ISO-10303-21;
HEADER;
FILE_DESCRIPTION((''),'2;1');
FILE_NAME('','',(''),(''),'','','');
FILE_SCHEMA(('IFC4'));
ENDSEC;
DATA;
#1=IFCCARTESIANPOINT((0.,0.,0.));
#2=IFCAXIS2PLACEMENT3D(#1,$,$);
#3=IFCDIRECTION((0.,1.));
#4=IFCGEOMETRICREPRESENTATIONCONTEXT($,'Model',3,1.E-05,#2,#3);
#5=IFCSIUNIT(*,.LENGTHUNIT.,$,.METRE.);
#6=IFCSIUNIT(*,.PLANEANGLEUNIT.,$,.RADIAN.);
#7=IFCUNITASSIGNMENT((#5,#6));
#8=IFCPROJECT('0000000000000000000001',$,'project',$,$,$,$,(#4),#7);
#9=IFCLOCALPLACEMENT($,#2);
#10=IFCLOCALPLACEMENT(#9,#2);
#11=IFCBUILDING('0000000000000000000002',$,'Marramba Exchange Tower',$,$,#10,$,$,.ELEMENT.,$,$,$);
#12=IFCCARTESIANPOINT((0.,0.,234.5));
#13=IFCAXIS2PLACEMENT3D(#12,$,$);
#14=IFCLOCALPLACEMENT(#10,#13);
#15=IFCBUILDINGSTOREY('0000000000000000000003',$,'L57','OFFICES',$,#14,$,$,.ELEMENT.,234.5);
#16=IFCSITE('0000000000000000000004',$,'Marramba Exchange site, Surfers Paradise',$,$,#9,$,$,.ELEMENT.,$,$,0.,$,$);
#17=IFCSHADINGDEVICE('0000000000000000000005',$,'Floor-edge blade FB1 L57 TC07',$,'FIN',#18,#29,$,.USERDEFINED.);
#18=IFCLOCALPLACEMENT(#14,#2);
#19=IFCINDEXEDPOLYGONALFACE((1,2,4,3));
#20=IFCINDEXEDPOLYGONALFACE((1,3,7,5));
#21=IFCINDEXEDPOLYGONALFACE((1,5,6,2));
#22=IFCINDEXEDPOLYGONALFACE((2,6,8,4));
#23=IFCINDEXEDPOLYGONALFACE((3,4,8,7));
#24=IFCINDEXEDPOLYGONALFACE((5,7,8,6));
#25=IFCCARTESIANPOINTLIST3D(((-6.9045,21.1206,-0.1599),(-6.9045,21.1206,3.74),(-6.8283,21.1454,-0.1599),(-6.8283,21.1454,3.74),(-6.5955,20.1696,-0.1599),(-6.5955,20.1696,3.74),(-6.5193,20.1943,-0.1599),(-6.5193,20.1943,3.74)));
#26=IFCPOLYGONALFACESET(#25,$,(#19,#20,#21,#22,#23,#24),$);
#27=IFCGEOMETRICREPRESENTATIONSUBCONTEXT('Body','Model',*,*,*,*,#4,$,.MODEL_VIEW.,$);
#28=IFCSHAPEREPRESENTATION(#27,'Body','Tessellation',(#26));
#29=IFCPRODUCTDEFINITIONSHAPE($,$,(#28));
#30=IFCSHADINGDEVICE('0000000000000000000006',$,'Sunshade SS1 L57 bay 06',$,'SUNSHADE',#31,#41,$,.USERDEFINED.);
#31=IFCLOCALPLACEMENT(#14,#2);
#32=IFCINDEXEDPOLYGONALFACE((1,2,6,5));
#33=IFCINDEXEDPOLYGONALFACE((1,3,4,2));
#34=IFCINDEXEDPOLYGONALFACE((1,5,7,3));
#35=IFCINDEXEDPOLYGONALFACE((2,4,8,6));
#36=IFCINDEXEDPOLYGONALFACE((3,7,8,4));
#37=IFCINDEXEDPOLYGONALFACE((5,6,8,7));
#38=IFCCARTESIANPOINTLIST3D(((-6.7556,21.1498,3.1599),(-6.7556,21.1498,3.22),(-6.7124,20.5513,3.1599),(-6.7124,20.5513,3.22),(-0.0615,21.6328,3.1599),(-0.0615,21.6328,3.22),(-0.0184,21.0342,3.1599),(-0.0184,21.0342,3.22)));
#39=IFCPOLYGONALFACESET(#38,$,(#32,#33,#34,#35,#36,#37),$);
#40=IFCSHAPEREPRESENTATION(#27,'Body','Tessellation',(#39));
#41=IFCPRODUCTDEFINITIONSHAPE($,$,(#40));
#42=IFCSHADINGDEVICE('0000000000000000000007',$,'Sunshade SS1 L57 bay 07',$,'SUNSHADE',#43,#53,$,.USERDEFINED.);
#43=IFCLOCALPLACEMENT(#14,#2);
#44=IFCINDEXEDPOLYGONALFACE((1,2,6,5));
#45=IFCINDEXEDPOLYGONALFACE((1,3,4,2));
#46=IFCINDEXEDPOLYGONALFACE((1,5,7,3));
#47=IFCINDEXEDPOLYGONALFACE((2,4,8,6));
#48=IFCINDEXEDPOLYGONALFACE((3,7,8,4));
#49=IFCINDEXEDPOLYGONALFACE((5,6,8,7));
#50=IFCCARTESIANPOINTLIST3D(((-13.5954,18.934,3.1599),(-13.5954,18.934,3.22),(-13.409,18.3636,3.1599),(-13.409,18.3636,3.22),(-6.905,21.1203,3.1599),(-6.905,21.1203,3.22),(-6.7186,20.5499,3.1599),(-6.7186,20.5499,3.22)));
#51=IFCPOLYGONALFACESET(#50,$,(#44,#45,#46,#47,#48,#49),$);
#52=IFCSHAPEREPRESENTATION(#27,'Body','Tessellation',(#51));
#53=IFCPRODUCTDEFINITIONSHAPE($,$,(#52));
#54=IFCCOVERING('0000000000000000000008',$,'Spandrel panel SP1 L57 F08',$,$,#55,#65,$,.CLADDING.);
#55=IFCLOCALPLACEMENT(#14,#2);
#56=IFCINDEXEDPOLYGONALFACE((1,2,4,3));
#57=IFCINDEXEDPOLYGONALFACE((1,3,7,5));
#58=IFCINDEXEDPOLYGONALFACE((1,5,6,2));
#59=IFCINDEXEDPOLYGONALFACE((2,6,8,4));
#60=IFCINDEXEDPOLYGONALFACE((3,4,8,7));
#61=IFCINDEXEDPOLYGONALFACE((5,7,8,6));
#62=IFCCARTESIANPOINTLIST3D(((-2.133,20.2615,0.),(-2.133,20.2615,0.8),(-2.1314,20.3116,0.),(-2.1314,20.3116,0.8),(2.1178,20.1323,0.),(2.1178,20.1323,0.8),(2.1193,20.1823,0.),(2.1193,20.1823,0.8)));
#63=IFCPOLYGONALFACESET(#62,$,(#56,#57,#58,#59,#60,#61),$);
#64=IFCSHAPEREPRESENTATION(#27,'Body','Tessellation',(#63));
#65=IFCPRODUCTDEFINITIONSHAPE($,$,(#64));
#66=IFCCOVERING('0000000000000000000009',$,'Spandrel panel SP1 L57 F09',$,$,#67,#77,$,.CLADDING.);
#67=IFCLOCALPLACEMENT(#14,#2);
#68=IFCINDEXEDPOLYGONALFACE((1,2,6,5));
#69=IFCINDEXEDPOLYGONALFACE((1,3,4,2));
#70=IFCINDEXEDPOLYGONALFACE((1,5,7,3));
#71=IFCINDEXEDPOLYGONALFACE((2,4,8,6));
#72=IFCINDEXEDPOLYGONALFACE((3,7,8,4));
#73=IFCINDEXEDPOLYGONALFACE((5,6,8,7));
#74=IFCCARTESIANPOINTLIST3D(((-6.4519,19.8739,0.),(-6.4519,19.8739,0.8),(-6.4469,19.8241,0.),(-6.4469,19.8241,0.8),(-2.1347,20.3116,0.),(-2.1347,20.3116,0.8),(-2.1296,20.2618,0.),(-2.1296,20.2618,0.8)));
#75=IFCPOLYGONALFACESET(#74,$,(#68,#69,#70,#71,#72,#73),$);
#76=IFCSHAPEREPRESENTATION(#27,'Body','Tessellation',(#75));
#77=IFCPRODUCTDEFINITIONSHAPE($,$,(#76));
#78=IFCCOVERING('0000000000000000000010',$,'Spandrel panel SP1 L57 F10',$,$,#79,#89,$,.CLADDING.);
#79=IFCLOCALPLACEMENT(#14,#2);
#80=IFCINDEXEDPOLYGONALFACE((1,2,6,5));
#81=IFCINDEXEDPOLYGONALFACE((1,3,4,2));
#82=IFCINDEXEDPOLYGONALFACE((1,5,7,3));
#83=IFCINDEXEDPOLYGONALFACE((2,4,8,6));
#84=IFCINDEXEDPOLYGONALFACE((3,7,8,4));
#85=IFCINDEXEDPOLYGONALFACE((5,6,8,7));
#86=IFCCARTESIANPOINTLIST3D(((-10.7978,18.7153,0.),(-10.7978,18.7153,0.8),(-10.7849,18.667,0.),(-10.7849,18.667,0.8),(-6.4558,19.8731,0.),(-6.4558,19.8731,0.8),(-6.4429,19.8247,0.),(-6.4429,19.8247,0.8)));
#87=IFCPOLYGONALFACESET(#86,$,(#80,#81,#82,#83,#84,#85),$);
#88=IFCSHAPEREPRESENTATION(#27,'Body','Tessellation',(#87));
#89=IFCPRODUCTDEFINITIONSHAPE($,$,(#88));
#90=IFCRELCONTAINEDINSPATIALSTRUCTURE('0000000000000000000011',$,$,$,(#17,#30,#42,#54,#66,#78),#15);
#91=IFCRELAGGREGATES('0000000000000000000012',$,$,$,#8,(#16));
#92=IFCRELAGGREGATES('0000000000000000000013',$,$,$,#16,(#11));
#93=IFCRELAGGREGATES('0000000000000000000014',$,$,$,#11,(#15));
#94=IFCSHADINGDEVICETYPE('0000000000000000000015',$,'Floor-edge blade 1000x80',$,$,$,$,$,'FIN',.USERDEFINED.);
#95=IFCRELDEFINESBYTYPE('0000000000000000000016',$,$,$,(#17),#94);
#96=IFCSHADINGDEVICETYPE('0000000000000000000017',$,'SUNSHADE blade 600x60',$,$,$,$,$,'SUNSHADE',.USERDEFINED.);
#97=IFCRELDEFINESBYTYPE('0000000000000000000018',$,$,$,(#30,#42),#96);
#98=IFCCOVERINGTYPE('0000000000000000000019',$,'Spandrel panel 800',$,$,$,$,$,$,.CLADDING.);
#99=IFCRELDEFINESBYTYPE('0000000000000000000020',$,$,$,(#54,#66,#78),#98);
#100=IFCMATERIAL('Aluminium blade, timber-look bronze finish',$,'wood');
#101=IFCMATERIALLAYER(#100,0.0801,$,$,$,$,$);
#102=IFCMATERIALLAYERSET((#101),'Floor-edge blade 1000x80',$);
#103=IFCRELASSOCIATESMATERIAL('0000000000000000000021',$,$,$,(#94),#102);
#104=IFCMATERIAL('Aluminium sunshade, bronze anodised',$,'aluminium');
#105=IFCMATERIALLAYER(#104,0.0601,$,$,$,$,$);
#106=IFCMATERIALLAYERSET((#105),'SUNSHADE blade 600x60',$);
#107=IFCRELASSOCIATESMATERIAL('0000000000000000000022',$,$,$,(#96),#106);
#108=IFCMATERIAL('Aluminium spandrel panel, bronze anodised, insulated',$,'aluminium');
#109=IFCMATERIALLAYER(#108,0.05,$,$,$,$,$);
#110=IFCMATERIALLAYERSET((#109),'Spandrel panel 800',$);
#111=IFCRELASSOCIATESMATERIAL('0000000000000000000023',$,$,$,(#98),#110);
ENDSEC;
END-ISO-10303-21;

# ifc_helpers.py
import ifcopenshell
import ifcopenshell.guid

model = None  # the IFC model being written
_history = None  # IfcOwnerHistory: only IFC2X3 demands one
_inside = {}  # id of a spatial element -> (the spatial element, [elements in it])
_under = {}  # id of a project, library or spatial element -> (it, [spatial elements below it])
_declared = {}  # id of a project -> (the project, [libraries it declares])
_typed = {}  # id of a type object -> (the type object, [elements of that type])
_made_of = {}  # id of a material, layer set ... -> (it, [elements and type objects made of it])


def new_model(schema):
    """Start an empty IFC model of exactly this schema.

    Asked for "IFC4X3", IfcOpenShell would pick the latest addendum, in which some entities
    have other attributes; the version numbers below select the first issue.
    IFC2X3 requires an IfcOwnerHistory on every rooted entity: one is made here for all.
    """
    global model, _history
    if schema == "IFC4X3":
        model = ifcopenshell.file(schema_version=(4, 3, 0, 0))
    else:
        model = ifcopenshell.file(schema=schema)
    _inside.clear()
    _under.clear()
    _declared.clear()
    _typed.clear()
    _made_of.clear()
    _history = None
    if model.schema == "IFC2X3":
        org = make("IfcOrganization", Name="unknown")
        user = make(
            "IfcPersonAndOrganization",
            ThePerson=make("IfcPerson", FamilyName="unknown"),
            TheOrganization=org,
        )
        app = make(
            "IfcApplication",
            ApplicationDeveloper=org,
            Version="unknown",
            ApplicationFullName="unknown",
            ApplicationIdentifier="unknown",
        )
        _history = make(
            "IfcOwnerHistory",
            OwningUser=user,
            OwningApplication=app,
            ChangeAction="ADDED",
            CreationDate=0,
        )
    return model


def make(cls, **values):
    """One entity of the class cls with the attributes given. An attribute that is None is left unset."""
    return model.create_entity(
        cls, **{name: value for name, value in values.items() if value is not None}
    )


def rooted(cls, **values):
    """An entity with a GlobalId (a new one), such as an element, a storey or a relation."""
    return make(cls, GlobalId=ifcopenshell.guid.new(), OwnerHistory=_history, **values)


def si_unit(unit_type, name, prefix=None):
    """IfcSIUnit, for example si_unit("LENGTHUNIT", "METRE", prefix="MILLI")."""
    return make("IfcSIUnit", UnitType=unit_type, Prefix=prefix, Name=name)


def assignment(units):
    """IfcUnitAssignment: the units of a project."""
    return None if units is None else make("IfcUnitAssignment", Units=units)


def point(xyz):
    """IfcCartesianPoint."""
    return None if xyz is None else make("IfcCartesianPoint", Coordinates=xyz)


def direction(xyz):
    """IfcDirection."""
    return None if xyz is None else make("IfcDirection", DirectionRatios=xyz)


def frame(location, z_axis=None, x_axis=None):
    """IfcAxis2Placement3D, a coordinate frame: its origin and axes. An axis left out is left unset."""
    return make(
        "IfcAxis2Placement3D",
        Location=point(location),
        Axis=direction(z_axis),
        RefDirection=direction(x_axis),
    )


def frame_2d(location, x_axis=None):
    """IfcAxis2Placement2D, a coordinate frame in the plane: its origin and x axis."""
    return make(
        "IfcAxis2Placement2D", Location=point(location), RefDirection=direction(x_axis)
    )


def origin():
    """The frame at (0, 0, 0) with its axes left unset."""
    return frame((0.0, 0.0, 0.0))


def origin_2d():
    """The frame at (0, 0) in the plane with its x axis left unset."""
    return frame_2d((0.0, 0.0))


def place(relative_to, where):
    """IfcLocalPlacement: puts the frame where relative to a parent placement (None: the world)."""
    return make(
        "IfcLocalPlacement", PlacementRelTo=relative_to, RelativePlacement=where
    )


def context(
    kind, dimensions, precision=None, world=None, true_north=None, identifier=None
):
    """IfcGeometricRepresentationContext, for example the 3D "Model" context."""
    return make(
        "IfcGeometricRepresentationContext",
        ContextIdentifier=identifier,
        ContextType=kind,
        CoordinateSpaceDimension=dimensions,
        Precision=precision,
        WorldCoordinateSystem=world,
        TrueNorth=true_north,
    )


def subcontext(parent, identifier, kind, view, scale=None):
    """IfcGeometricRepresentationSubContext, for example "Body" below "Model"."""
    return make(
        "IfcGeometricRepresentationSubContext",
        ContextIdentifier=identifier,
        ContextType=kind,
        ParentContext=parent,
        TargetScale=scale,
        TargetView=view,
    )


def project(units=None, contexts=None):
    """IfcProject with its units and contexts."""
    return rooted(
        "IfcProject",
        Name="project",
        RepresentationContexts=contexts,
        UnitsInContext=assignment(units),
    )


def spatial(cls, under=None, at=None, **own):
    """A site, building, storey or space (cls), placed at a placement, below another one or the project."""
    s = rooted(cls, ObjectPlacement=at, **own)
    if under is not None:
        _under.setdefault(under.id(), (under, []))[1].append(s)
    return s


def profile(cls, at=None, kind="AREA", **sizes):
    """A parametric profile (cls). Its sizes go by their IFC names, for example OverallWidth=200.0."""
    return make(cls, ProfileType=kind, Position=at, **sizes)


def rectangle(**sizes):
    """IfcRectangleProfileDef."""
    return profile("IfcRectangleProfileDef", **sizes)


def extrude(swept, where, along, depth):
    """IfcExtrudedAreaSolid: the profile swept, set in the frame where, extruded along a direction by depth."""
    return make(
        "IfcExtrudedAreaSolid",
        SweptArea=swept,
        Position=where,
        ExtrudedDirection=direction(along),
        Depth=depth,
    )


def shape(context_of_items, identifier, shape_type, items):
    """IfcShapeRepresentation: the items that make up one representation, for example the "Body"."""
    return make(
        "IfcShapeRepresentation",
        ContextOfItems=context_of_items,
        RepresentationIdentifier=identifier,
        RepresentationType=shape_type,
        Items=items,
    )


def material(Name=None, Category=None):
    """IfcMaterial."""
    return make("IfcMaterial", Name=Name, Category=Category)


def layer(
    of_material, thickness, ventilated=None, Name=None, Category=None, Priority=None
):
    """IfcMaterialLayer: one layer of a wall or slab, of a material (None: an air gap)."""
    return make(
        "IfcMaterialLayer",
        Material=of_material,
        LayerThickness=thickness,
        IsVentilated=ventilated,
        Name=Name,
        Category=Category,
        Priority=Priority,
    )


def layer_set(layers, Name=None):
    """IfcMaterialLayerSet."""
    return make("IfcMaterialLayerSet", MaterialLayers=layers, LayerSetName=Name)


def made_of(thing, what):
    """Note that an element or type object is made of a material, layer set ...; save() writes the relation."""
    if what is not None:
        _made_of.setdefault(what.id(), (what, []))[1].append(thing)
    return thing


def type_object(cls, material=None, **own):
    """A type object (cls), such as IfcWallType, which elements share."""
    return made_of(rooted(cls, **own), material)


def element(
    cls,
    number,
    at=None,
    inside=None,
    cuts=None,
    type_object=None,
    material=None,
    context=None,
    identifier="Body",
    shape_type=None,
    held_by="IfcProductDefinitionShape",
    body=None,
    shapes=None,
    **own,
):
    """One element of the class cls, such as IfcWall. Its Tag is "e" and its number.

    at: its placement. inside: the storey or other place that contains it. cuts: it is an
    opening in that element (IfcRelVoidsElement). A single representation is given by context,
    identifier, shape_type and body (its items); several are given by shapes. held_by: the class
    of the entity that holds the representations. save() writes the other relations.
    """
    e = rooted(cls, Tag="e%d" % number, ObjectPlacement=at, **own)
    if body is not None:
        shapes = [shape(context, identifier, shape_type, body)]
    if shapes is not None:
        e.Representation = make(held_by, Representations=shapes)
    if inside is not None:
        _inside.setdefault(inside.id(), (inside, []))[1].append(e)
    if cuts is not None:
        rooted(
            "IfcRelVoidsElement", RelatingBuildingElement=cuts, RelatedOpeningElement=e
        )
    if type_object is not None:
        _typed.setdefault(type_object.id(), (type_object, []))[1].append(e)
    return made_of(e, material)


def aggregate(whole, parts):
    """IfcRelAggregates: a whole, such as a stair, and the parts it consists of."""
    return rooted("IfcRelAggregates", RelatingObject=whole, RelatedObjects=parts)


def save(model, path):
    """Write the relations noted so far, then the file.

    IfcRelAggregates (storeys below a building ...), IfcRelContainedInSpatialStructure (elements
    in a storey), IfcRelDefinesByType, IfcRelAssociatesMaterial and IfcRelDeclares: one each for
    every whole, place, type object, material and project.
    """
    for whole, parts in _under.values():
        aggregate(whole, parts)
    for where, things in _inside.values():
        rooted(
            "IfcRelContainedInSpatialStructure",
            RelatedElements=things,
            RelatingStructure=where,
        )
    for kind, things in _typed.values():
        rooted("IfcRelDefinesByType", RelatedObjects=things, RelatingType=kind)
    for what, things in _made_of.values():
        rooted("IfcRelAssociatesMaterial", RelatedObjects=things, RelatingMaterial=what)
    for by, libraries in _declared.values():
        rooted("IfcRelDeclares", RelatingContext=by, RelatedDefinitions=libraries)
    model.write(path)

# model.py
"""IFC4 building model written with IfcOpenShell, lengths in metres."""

from ifc_helpers import new_model, si_unit, direction, frame, origin, origin_2d, place, context, subcontext, project, spatial, rectangle, extrude, material, layer, layer_set, type_object, element, save


model = new_model("IFC4")

# Units and contexts
model_context = context("Model", 3, precision=1e-05, world=origin(), true_north=direction((0.0, 1.0)))
body_context = subcontext(model_context, "Body", "Model", "MODEL_VIEW")
ifc_project = project(units=[si_unit("LENGTHUNIT", "METRE"), si_unit("PLANEANGLEUNIT", "RADIAN")], contexts=[model_context])

# Site, building, storey
site_placement = place(None, origin())
site = spatial("IfcSite", under=ifc_project, at=site_placement, Name="Marramba Exchange site, Surfers Paradise", CompositionType="ELEMENT", RefElevation=0.0)
building_placement = place(site_placement, origin())
building = spatial("IfcBuilding", under=site, at=building_placement, Name="Marramba Exchange Tower", CompositionType="ELEMENT")
storey_placement = place(building_placement, frame((0.0, 0.0, 234.5)))
storey = spatial("IfcBuildingStorey", under=building, at=storey_placement, Name="L57", Description="OFFICES", CompositionType="ELEMENT", Elevation=234.5)

# Shading devices
ifc_material_1 = material(Name="Aluminium blade, timber-look bronze finish", Category="wood")
ifc_layer_1 = layer(ifc_material_1, 0.0801)
ifc_layer_set_1 = layer_set([ifc_layer_1], Name="Floor-edge blade 1000x80")
shading_device_type_1 = type_object("IfcShadingDeviceType", Name="Floor-edge blade 1000x80", ElementType="FIN", PredefinedType="USERDEFINED", material=ifc_layer_set_1)
shading_device_1_placement = place(storey_placement, frame((-6.7119, 20.6575, -0.1599), z_axis=(0.0, 0.0, 1.0), x_axis=(-0.309017, 0.951057, 0.0)))
element("IfcShadingDevice", 1, at=shading_device_1_placement, inside=storey, type_object=shading_device_type_1, Name="Floor-edge blade FB1 L57 TC07", ObjectType="FIN", PredefinedType="USERDEFINED", context=body_context, shape_type="SweptSolid", body=[
    extrude(rectangle(XDim=1.0, YDim=0.0801, at=origin_2d()), origin(), (0.0, 0.0, 1.0), 3.8999),
])
ifc_material_2 = material(Name="Aluminium sunshade, bronze anodised", Category="aluminium")
ifc_layer_2 = layer(ifc_material_2, 0.0601)
ifc_layer_set_2 = layer_set([ifc_layer_2], Name="SUNSHADE blade 600x60")
shading_device_type_2 = type_object("IfcShadingDeviceType", Name="SUNSHADE blade 600x60", ElementType="SUNSHADE", PredefinedType="USERDEFINED", material=ifc_layer_set_2)
shading_device_2_placement = place(storey_placement, frame((-3.387, 21.092, 3.1599), z_axis=(0.0, 0.0, 1.0), x_axis=(-0.997408, -0.071958, 0.0)))
element("IfcShadingDevice", 2, at=shading_device_2_placement, inside=storey, type_object=shading_device_type_2, Name="Sunshade SS1 L57 bay 06", ObjectType="SUNSHADE", PredefinedType="USERDEFINED", context=body_context, shape_type="SweptSolid", body=[
    extrude(rectangle(XDim=6.7114, YDim=0.6001, at=origin_2d()), origin(), (0.0, 0.0, 1.0), 0.0601),
])
shading_device_3_placement = place(storey_placement, frame((-10.157, 19.7419, 3.1599), z_axis=(0.0, 0.0, 1.0), x_axis=(-0.950538, -0.31061, 0.0)))
element("IfcShadingDevice", 3, at=shading_device_3_placement, inside=storey, type_object=shading_device_type_2, Name="Sunshade SS1 L57 bay 07", ObjectType="SUNSHADE", PredefinedType="USERDEFINED", context=body_context, shape_type="SweptSolid", body=[
    extrude(rectangle(XDim=7.0386, YDim=0.6001, at=origin_2d()), origin(), (0.0, 0.0, 1.0), 0.0601),
])

# Coverings
ifc_material_3 = material(Name="Aluminium spandrel panel, bronze anodised, insulated", Category="aluminium")
ifc_layer_3 = layer(ifc_material_3, 0.05)
ifc_layer_set_3 = layer_set([ifc_layer_3], Name="Spandrel panel 800")
covering_type = type_object("IfcCoveringType", Name="Spandrel panel 800", PredefinedType="CLADDING", material=ifc_layer_set_3)
covering_1_placement = place(storey_placement, frame((-0.0068, 20.2219, 0.0), z_axis=(0.0, 0.0, 1.0), x_axis=(-0.999538, 0.030394, 0.0)))
element("IfcCovering", 4, at=covering_1_placement, inside=storey, type_object=covering_type, Name="Spandrel panel SP1 L57 F08", PredefinedType="CLADDING", context=body_context, shape_type="SweptSolid", body=[
    extrude(rectangle(XDim=4.2527, YDim=0.05, at=origin_2d()), origin(), (0.0, 0.0, 1.0), 0.8),
])
covering_2_placement = place(storey_placement, frame((-4.2908, 20.0679, 0.0), z_axis=(0.0, 0.0, 1.0), x_axis=(-0.9949, -0.100863, 0.0)))
element("IfcCovering", 5, at=covering_2_placement, inside=storey, type_object=covering_type, Name="Spandrel panel SP1 L57 F09", PredefinedType="CLADDING", context=body_context, shape_type="SweptSolid", body=[
    extrude(rectangle(XDim=4.3394, YDim=0.05, at=origin_2d()), origin(), (0.0, 0.0, 1.0), 0.8),
])
covering_3_placement = place(storey_placement, frame((-8.6204, 19.27, 0.0), z_axis=(0.0, 0.0, 1.0), x_axis=(-0.966241, -0.257641, 0.0)))
element("IfcCovering", 6, at=covering_3_placement, inside=storey, type_object=covering_type, Name="Spandrel panel SP1 L57 F10", PredefinedType="CLADDING", context=body_context, shape_type="SweptSolid", body=[
    extrude(rectangle(XDim=4.4937, YDim=0.05, at=origin_2d()), origin(), (0.0, 0.0, 1.0), 0.8),
])

save(model, "model.ifc")
